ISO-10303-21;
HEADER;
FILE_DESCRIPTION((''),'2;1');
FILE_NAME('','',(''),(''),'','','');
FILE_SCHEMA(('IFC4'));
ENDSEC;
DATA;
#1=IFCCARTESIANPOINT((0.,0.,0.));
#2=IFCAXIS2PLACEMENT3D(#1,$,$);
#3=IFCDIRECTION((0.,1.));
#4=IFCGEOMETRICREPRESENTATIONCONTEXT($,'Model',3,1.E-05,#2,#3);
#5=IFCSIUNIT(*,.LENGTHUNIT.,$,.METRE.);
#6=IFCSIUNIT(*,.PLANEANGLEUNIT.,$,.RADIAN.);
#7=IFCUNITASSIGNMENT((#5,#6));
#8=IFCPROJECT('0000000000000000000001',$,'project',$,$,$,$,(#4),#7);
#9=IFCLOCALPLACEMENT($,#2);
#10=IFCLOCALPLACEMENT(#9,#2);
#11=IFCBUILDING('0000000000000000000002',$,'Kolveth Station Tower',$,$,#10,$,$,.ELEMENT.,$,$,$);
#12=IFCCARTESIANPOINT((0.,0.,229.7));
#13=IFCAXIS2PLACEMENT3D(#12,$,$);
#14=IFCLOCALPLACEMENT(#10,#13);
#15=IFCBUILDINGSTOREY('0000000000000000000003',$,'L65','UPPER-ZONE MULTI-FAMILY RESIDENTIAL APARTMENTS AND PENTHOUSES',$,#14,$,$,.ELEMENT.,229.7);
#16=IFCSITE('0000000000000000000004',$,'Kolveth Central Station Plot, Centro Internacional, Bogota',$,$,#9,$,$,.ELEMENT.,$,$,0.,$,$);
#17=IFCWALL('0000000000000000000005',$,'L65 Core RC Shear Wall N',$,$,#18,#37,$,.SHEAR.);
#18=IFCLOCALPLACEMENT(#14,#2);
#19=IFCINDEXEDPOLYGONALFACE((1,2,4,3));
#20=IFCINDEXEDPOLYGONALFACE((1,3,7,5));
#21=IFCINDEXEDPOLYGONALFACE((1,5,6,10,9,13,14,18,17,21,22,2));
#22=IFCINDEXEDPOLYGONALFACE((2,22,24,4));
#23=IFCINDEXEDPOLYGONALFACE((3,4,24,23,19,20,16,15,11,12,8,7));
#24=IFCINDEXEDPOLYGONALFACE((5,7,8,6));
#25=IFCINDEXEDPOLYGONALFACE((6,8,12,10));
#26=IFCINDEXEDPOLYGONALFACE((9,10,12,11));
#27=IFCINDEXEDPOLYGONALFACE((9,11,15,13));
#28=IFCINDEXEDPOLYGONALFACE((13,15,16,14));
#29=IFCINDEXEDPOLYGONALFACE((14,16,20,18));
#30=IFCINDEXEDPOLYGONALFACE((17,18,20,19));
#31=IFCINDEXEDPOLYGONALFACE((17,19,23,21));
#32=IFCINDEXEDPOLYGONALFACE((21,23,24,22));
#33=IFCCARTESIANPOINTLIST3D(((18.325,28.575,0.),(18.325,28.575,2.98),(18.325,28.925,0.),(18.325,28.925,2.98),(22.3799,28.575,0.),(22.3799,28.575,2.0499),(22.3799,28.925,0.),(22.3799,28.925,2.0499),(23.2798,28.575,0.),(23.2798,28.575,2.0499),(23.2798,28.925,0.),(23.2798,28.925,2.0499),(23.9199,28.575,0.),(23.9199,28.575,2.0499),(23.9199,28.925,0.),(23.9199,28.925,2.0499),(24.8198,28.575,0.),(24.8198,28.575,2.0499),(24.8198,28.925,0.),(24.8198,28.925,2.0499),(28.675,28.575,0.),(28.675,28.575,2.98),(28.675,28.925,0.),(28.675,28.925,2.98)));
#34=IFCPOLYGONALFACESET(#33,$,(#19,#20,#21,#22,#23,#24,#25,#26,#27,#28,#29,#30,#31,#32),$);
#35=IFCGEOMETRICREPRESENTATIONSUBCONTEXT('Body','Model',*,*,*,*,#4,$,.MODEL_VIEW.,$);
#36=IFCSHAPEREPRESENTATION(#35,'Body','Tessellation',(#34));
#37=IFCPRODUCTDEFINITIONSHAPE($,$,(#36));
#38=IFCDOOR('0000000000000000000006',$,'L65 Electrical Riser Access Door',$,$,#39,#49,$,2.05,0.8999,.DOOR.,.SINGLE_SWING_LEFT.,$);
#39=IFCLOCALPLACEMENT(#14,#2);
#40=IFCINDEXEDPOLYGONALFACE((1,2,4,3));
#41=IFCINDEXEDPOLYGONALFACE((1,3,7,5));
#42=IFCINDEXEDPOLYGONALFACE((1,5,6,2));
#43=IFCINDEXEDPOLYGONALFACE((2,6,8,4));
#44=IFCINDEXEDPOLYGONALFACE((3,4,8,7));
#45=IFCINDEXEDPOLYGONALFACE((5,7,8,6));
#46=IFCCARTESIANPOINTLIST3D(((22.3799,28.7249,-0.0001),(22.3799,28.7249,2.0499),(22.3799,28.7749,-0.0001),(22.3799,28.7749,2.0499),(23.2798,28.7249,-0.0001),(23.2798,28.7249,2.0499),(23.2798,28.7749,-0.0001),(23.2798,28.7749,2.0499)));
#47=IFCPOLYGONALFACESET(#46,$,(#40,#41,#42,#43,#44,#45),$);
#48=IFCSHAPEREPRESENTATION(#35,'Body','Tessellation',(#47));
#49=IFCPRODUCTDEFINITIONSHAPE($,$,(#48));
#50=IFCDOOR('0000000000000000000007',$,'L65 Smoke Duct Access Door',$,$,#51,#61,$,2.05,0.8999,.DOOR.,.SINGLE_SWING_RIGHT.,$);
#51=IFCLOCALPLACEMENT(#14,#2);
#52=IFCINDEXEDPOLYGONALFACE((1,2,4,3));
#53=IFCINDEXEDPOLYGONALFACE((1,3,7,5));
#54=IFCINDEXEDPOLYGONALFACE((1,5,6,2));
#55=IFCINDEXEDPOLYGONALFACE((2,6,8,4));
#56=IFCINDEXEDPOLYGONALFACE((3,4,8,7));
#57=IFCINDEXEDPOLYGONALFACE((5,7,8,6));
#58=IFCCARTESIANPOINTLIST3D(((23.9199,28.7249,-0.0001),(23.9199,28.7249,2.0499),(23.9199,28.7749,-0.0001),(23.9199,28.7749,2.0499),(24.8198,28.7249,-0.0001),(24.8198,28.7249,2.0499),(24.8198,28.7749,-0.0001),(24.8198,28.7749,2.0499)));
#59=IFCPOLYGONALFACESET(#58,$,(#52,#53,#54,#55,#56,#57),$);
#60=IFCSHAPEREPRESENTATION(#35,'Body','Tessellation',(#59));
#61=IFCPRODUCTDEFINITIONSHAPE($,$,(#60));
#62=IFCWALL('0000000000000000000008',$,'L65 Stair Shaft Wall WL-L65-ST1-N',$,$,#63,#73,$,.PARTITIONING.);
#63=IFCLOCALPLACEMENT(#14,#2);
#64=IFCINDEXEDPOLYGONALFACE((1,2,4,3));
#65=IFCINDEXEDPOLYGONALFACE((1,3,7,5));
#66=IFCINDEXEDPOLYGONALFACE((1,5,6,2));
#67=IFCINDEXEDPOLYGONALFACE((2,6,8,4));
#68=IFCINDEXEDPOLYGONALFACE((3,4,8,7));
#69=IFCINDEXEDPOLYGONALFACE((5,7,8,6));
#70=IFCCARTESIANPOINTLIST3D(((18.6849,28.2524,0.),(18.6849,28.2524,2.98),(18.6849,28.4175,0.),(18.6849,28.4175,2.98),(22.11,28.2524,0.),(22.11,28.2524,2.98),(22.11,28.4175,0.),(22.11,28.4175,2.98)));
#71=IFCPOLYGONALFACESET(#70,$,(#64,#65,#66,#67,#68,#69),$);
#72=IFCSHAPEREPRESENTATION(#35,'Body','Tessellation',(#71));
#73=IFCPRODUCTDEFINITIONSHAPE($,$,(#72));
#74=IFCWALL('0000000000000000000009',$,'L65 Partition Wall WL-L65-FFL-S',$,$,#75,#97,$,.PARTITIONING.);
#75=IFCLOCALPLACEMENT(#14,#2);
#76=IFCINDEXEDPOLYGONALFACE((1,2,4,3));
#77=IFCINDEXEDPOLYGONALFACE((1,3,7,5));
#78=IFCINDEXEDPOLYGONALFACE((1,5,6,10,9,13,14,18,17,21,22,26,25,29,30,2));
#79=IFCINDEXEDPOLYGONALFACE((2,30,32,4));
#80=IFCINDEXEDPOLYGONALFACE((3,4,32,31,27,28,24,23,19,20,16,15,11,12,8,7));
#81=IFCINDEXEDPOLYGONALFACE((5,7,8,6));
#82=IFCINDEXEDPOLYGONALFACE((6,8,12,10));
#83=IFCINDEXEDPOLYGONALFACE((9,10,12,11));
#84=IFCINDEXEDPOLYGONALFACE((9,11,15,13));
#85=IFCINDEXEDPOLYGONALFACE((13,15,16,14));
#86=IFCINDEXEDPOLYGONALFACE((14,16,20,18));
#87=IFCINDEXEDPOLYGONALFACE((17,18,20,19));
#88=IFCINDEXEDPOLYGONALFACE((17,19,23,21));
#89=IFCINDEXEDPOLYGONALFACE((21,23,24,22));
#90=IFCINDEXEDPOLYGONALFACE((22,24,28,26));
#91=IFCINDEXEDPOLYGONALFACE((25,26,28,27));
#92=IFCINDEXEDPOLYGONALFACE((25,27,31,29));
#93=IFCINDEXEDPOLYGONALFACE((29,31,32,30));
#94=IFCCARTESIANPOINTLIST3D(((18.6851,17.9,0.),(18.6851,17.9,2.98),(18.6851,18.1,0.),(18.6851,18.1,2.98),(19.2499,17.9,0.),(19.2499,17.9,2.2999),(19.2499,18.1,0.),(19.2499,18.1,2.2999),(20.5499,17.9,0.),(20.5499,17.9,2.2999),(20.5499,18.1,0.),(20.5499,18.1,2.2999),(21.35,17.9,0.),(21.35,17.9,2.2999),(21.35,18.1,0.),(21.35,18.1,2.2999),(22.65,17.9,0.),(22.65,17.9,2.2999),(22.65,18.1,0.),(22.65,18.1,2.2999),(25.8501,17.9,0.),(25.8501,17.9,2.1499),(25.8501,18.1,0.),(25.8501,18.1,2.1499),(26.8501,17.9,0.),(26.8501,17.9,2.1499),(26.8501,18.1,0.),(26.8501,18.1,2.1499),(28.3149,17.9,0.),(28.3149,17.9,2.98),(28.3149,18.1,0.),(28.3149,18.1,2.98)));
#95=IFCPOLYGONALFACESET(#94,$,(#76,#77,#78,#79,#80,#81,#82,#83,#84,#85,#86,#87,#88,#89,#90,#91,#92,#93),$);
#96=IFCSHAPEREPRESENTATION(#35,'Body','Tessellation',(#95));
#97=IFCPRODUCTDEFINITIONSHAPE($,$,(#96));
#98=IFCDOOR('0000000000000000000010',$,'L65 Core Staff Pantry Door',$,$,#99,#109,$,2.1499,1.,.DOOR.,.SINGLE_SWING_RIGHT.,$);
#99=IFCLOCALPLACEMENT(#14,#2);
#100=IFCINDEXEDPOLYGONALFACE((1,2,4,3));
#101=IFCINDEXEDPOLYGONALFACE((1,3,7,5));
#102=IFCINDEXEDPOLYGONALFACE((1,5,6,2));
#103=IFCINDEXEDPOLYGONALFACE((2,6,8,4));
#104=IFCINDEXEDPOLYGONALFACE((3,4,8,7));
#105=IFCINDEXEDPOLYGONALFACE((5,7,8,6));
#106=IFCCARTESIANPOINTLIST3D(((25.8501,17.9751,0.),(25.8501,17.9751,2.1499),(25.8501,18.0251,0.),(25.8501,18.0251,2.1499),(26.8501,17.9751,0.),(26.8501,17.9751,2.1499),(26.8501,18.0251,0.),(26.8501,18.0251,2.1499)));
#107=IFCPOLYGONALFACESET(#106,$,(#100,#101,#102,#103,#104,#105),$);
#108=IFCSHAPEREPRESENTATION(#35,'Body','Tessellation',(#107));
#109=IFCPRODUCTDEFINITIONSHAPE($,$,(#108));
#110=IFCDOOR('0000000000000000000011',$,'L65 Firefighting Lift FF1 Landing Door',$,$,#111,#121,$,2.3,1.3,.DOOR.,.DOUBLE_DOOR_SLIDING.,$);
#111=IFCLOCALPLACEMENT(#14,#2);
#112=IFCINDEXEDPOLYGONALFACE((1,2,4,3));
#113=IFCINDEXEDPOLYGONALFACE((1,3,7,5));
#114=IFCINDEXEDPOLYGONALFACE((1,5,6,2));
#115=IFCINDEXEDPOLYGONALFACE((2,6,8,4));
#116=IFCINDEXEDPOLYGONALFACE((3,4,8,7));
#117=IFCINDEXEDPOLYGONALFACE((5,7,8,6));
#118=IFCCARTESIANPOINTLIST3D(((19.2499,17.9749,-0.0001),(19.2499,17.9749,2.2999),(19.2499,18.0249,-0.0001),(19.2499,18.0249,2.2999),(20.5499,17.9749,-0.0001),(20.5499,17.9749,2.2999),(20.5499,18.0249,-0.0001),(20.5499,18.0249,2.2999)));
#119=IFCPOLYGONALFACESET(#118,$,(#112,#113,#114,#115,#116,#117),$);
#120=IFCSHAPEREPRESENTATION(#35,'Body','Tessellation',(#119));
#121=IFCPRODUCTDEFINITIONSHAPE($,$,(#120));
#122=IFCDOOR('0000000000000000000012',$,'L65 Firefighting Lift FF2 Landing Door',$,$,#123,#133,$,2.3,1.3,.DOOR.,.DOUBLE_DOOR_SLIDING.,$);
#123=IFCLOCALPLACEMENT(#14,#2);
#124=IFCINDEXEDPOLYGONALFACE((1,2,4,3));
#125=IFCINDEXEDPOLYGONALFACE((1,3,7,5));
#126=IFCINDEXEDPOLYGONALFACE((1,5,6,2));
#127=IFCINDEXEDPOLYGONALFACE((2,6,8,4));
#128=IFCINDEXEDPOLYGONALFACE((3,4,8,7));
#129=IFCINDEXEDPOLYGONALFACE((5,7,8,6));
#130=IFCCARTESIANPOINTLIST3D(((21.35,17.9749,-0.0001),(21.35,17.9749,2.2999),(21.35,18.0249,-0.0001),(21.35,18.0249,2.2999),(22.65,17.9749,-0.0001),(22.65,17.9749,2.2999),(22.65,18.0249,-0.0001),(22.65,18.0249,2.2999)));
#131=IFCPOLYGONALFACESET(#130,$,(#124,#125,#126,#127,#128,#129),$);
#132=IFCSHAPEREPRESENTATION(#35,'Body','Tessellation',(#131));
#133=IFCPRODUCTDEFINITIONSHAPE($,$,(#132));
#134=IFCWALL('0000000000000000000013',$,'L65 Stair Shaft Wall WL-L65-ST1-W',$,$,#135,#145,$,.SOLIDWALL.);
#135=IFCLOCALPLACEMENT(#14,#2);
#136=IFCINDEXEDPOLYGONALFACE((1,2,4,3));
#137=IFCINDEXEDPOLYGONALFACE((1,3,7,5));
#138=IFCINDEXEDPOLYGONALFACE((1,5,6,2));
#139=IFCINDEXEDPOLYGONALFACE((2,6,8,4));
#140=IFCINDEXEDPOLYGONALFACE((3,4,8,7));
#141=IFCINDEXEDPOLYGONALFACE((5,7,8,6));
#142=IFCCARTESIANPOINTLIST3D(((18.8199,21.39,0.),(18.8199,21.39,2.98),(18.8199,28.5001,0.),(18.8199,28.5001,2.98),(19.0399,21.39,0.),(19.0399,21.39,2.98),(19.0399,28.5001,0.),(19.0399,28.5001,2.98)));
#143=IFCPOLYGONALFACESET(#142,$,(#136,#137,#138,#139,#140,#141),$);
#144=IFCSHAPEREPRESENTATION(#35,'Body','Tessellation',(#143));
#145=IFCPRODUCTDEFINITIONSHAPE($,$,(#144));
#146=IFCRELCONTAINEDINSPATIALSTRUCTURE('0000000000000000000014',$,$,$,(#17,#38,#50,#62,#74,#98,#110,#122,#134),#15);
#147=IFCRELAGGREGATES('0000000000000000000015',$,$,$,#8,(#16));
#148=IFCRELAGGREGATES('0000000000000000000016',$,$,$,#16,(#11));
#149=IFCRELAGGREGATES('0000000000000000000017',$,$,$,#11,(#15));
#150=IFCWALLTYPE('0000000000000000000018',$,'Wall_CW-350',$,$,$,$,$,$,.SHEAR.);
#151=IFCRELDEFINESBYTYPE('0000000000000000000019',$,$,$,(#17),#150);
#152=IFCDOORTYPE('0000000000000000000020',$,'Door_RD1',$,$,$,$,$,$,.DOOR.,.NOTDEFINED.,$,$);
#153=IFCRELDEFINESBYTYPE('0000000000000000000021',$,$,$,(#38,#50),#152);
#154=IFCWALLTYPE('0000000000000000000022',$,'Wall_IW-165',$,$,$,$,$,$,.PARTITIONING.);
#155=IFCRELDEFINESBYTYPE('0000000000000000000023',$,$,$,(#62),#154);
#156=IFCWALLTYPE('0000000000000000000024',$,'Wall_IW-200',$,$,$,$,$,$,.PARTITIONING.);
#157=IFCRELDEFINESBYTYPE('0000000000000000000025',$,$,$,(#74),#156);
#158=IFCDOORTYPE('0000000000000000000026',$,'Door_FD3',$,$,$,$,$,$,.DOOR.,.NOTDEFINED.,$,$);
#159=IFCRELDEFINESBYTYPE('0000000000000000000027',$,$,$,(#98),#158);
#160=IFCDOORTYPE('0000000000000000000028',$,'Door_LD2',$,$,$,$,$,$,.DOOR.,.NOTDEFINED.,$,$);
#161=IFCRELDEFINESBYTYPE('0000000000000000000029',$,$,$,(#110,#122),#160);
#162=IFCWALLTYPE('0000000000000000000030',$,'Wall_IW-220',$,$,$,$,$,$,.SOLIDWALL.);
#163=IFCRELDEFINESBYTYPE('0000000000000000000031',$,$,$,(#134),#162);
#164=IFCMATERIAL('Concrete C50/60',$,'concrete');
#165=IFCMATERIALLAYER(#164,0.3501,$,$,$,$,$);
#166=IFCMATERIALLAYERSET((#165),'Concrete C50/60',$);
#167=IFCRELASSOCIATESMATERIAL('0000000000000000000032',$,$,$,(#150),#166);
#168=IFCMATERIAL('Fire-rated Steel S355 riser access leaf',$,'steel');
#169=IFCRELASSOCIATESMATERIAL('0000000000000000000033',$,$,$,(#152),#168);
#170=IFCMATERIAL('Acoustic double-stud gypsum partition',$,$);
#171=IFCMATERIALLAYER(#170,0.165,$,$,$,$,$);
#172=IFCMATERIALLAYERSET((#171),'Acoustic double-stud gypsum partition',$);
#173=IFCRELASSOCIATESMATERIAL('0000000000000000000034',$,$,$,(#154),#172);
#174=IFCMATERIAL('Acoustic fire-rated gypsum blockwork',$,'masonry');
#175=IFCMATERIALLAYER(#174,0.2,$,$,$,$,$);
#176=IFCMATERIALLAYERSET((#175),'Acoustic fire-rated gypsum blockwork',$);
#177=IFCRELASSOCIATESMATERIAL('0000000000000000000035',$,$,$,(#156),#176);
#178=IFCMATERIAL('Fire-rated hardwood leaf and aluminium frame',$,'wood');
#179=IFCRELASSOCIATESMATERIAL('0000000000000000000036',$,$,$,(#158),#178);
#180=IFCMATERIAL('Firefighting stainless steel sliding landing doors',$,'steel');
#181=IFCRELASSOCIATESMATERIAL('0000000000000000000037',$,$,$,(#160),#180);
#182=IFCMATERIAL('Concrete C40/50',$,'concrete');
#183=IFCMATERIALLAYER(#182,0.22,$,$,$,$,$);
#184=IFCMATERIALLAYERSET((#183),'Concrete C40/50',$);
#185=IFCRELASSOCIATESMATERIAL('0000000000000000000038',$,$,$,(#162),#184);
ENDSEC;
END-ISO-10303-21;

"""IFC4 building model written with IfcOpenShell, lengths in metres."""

from ifc_helpers import new_model, si_unit, direction, frame, frame_2d, origin, place, context, subcontext, project, spatial, rectangle, extrude, material, layer, layer_set, type_object, element, fill, save


model = new_model("IFC4")

# Units and contexts
model_context = context("Model", 3, precision=1e-05, world=origin(), true_north=direction((0.0, 1.0)))
body_context = subcontext(model_context, "Body", "Model", "MODEL_VIEW")
ifc_project = project(units=[si_unit("LENGTHUNIT", "METRE"), si_unit("PLANEANGLEUNIT", "RADIAN")], contexts=[model_context])

# Site, building, storey
site_placement = place(None, origin())
site = spatial("IfcSite", under=ifc_project, at=site_placement, Name="Kolveth Central Station Plot, Centro Internacional, Bogota", CompositionType="ELEMENT", RefElevation=0.0)
building_placement = place(site_placement, origin())
building = spatial("IfcBuilding", under=site, at=building_placement, Name="Kolveth Station Tower", CompositionType="ELEMENT")
storey_placement = place(building_placement, frame((0.0, 0.0, 229.7)))
storey = spatial("IfcBuildingStorey", under=building, at=storey_placement, Name="L65", Description="UPPER-ZONE MULTI-FAMILY RESIDENTIAL APARTMENTS AND PENTHOUSES", CompositionType="ELEMENT", Elevation=229.7)

# Wall, openings, doors
ifc_material_1 = material(Name="Concrete C50/60", Category="concrete")
ifc_layer_1 = layer(ifc_material_1, 0.3501)
ifc_layer_set_1 = layer_set([ifc_layer_1], Name="Concrete C50/60")
wall_type_1 = type_object("IfcWallType", Name="Wall_CW-350", PredefinedType="SHEAR", material=ifc_layer_set_1)
wall_1_placement = place(storey_placement, frame((18.325, 28.75, 0.0), z_axis=(0.0, 0.0, 1.0), x_axis=(1.0, 0.0, 0.0)))
wall_1 = element("IfcWall", 1, at=wall_1_placement, inside=storey, type_object=wall_type_1, Name="L65 Core RC Shear Wall N", PredefinedType="SHEAR", context=body_context, shape_type="SweptSolid", body=[
    extrude(rectangle(XDim=10.3501, YDim=0.3501, at=frame_2d((5.175, 0.0))), origin(), (0.0, 0.0, 1.0), 2.98),
])
opening_1_placement = place(wall_1_placement, frame((4.0549, 0.0, 0.0)))
opening_1 = element("IfcOpeningElement", 2, at=opening_1_placement, cuts=wall_1, PredefinedType="OPENING", context=body_context, shape_type="SweptSolid", body=[
    extrude(rectangle(XDim=0.8999, YDim=2.05, at=frame_2d((0.45, 1.0249))), frame((0.0, 0.1851, 0.0), z_axis=(0.0, -1.0, 0.0), x_axis=(1.0, 0.0, 0.0)), (0.0, 0.0, 1.0), 0.3701),
])
opening_2_placement = place(wall_1_placement, frame((5.595, 0.0, 0.0)))
opening_2 = element("IfcOpeningElement", 3, at=opening_2_placement, cuts=wall_1, PredefinedType="OPENING", context=body_context, shape_type="SweptSolid", body=[
    extrude(rectangle(XDim=0.8999, YDim=2.05, at=frame_2d((0.45, 1.0249))), frame((0.0, 0.1851, 0.0), z_axis=(0.0, -1.0, 0.0), x_axis=(1.0, 0.0, 0.0)), (0.0, 0.0, 1.0), 0.3701),
])
ifc_material_2 = material(Name="Fire-rated Steel S355 riser access leaf", Category="steel")
door_type_1 = type_object("IfcDoorType", Name="Door_RD1", OperationType="NOTDEFINED", PredefinedType="DOOR", material=ifc_material_2)
door_1_placement = place(opening_1_placement, origin())
door_1 = element("IfcDoor", 4, at=door_1_placement, inside=storey, type_object=door_type_1, Name="L65 Electrical Riser Access Door", OperationType="SINGLE_SWING_LEFT", OverallHeight=2.05, OverallWidth=0.8999, PredefinedType="DOOR", context=body_context, shape_type="SweptSolid", body=[
    extrude(rectangle(XDim=0.8999, YDim=2.05, at=frame_2d((0.45, 1.0249))), frame((0.0, 0.0249, 0.0), z_axis=(0.0, -1.0, 0.0), x_axis=(1.0, 0.0, 0.0)), (0.0, 0.0, 1.0), 0.05),
])
fill(opening_1, door_1)
door_2_placement = place(opening_2_placement, origin())
door_2 = element("IfcDoor", 5, at=door_2_placement, inside=storey, type_object=door_type_1, Name="L65 Smoke Duct Access Door", OperationType="SINGLE_SWING_RIGHT", OverallHeight=2.05, OverallWidth=0.8999, PredefinedType="DOOR", context=body_context, shape_type="SweptSolid", body=[
    extrude(rectangle(XDim=0.8999, YDim=2.05, at=frame_2d((0.45, 1.0249))), frame((0.0, 0.0249, 0.0), z_axis=(0.0, -1.0, 0.0), x_axis=(1.0, 0.0, 0.0)), (0.0, 0.0, 1.0), 0.05),
])
fill(opening_2, door_2)

# Wall
ifc_material_3 = material(Name="Acoustic double-stud gypsum partition")
ifc_layer_2 = layer(ifc_material_3, 0.165)
ifc_layer_set_2 = layer_set([ifc_layer_2], Name="Acoustic double-stud gypsum partition")
wall_type_2 = type_object("IfcWallType", Name="Wall_IW-165", PredefinedType="PARTITIONING", material=ifc_layer_set_2)
wall_2_placement = place(storey_placement, frame((18.6851, 28.335, 0.0), z_axis=(0.0, 0.0, 1.0), x_axis=(1.0, 0.0, 0.0)))
element("IfcWall", 6, at=wall_2_placement, inside=storey, type_object=wall_type_2, Name="L65 Stair Shaft Wall WL-L65-ST1-N", PredefinedType="PARTITIONING", context=body_context, shape_type="SweptSolid", body=[
    extrude(rectangle(XDim=3.425, YDim=0.165, at=frame_2d((1.7124, 0.0))), origin(), (0.0, 0.0, 1.0), 2.98),
])

# Wall, openings, doors
ifc_material_4 = material(Name="Acoustic fire-rated gypsum blockwork", Category="masonry")
ifc_layer_3 = layer(ifc_material_4, 0.2)
ifc_layer_set_3 = layer_set([ifc_layer_3], Name="Acoustic fire-rated gypsum blockwork")
wall_type_3 = type_object("IfcWallType", Name="Wall_IW-200", PredefinedType="PARTITIONING", material=ifc_layer_set_3)
wall_3_placement = place(storey_placement, frame((18.6851, 18.0, 0.0), z_axis=(0.0, 0.0, 1.0), x_axis=(1.0, 0.0, 0.0)))
wall_3 = element("IfcWall", 7, at=wall_3_placement, inside=storey, type_object=wall_type_3, Name="L65 Partition Wall WL-L65-FFL-S", PredefinedType="PARTITIONING", context=body_context, shape_type="SweptSolid", body=[
    extrude(rectangle(XDim=9.6299, YDim=0.2, at=frame_2d((4.8149, 0.0))), origin(), (0.0, 0.0, 1.0), 2.98),
])
opening_3_placement = place(wall_3_placement, frame((0.5649, 0.0, 0.0)))
opening_3 = element("IfcOpeningElement", 8, at=opening_3_placement, cuts=wall_3, PredefinedType="OPENING", context=body_context, shape_type="SweptSolid", body=[
    extrude(rectangle(XDim=1.3, YDim=2.3, at=frame_2d((0.6499, 1.1499))), frame((0.0, 0.1099, 0.0), z_axis=(0.0, -1.0, 0.0), x_axis=(1.0, 0.0, 0.0)), (0.0, 0.0, 1.0), 0.22),
])
opening_4_placement = place(wall_3_placement, frame((2.665, 0.0, 0.0)))
opening_4 = element("IfcOpeningElement", 9, at=opening_4_placement, cuts=wall_3, PredefinedType="OPENING", context=body_context, shape_type="SweptSolid", body=[
    extrude(rectangle(XDim=1.3, YDim=2.3, at=frame_2d((0.6499, 1.1499))), frame((0.0, 0.1099, 0.0), z_axis=(0.0, -1.0, 0.0), x_axis=(1.0, 0.0, 0.0)), (0.0, 0.0, 1.0), 0.22),
])
opening_5_placement = place(wall_3_placement, frame((7.165, 0.0, 0.0)))
opening_5 = element("IfcOpeningElement", 10, at=opening_5_placement, cuts=wall_3, PredefinedType="OPENING", context=body_context, shape_type="SweptSolid", body=[
    extrude(rectangle(XDim=1.0, YDim=2.1499, at=frame_2d((0.5, 1.075))), frame((0.0, 0.1099, 0.0), z_axis=(0.0, -1.0, 0.0), x_axis=(1.0, 0.0, 0.0)), (0.0, 0.0, 1.0), 0.22),
])
ifc_material_5 = material(Name="Fire-rated hardwood leaf and aluminium frame", Category="wood")
door_type_2 = type_object("IfcDoorType", Name="Door_FD3", OperationType="NOTDEFINED", PredefinedType="DOOR", material=ifc_material_5)
door_3_placement = place(opening_5_placement, frame((1.0, 0.0, 0.0), z_axis=(0.0, 0.0, 1.0), x_axis=(-1.0, 0.0, 0.0)))
door_3 = element("IfcDoor", 11, at=door_3_placement, inside=storey, type_object=door_type_2, Name="L65 Core Staff Pantry Door", OperationType="SINGLE_SWING_RIGHT", OverallHeight=2.1499, OverallWidth=1.0, PredefinedType="DOOR", context=body_context, shape_type="SweptSolid", body=[
    extrude(rectangle(XDim=1.0, YDim=2.1499, at=frame_2d((0.5, 1.075))), frame((0.0, 0.0249, 0.0), z_axis=(0.0, -1.0, 0.0), x_axis=(1.0, 0.0, 0.0)), (0.0, 0.0, 1.0), 0.05),
])
fill(opening_5, door_3)
ifc_material_6 = material(Name="Firefighting stainless steel sliding landing doors", Category="steel")
door_type_3 = type_object("IfcDoorType", Name="Door_LD2", OperationType="NOTDEFINED", PredefinedType="DOOR", material=ifc_material_6)
door_4_placement = place(opening_3_placement, origin())
door_4 = element("IfcDoor", 12, at=door_4_placement, inside=storey, type_object=door_type_3, Name="L65 Firefighting Lift FF1 Landing Door", OperationType="DOUBLE_DOOR_SLIDING", OverallHeight=2.3, OverallWidth=1.3, PredefinedType="DOOR", context=body_context, shape_type="SweptSolid", body=[
    extrude(rectangle(XDim=1.3, YDim=2.3, at=frame_2d((0.6499, 1.1499))), frame((0.0, 0.0249, 0.0), z_axis=(0.0, -1.0, 0.0), x_axis=(1.0, 0.0, 0.0)), (0.0, 0.0, 1.0), 0.05),
])
fill(opening_3, door_4)
door_5_placement = place(opening_4_placement, origin())
door_5 = element("IfcDoor", 13, at=door_5_placement, inside=storey, type_object=door_type_3, Name="L65 Firefighting Lift FF2 Landing Door", OperationType="DOUBLE_DOOR_SLIDING", OverallHeight=2.3, OverallWidth=1.3, PredefinedType="DOOR", context=body_context, shape_type="SweptSolid", body=[
    extrude(rectangle(XDim=1.3, YDim=2.3, at=frame_2d((0.6499, 1.1499))), frame((0.0, 0.0249, 0.0), z_axis=(0.0, -1.0, 0.0), x_axis=(1.0, 0.0, 0.0)), (0.0, 0.0, 1.0), 0.05),
])
fill(opening_4, door_5)

# Wall
ifc_material_7 = material(Name="Concrete C40/50", Category="concrete")
ifc_layer_4 = layer(ifc_material_7, 0.22)
ifc_layer_set_4 = layer_set([ifc_layer_4], Name="Concrete C40/50")
wall_type_4 = type_object("IfcWallType", Name="Wall_IW-220", PredefinedType="SOLIDWALL", material=ifc_layer_set_4)
wall_4_placement = place(storey_placement, frame((18.9299, 21.3899, 0.0), z_axis=(0.0, 0.0, 1.0), x_axis=(0.0, 1.0, 0.0)))
element("IfcWall", 14, at=wall_4_placement, inside=storey, type_object=wall_type_4, Name="L65 Stair Shaft Wall WL-L65-ST1-W", PredefinedType="SOLIDWALL", context=body_context, shape_type="SweptSolid", body=[
    extrude(rectangle(XDim=7.1101, YDim=0.22, at=frame_2d((3.5552, 0.0))), origin(), (0.0, 0.0, 1.0), 2.98),
])

save(model, "model.ifc")
